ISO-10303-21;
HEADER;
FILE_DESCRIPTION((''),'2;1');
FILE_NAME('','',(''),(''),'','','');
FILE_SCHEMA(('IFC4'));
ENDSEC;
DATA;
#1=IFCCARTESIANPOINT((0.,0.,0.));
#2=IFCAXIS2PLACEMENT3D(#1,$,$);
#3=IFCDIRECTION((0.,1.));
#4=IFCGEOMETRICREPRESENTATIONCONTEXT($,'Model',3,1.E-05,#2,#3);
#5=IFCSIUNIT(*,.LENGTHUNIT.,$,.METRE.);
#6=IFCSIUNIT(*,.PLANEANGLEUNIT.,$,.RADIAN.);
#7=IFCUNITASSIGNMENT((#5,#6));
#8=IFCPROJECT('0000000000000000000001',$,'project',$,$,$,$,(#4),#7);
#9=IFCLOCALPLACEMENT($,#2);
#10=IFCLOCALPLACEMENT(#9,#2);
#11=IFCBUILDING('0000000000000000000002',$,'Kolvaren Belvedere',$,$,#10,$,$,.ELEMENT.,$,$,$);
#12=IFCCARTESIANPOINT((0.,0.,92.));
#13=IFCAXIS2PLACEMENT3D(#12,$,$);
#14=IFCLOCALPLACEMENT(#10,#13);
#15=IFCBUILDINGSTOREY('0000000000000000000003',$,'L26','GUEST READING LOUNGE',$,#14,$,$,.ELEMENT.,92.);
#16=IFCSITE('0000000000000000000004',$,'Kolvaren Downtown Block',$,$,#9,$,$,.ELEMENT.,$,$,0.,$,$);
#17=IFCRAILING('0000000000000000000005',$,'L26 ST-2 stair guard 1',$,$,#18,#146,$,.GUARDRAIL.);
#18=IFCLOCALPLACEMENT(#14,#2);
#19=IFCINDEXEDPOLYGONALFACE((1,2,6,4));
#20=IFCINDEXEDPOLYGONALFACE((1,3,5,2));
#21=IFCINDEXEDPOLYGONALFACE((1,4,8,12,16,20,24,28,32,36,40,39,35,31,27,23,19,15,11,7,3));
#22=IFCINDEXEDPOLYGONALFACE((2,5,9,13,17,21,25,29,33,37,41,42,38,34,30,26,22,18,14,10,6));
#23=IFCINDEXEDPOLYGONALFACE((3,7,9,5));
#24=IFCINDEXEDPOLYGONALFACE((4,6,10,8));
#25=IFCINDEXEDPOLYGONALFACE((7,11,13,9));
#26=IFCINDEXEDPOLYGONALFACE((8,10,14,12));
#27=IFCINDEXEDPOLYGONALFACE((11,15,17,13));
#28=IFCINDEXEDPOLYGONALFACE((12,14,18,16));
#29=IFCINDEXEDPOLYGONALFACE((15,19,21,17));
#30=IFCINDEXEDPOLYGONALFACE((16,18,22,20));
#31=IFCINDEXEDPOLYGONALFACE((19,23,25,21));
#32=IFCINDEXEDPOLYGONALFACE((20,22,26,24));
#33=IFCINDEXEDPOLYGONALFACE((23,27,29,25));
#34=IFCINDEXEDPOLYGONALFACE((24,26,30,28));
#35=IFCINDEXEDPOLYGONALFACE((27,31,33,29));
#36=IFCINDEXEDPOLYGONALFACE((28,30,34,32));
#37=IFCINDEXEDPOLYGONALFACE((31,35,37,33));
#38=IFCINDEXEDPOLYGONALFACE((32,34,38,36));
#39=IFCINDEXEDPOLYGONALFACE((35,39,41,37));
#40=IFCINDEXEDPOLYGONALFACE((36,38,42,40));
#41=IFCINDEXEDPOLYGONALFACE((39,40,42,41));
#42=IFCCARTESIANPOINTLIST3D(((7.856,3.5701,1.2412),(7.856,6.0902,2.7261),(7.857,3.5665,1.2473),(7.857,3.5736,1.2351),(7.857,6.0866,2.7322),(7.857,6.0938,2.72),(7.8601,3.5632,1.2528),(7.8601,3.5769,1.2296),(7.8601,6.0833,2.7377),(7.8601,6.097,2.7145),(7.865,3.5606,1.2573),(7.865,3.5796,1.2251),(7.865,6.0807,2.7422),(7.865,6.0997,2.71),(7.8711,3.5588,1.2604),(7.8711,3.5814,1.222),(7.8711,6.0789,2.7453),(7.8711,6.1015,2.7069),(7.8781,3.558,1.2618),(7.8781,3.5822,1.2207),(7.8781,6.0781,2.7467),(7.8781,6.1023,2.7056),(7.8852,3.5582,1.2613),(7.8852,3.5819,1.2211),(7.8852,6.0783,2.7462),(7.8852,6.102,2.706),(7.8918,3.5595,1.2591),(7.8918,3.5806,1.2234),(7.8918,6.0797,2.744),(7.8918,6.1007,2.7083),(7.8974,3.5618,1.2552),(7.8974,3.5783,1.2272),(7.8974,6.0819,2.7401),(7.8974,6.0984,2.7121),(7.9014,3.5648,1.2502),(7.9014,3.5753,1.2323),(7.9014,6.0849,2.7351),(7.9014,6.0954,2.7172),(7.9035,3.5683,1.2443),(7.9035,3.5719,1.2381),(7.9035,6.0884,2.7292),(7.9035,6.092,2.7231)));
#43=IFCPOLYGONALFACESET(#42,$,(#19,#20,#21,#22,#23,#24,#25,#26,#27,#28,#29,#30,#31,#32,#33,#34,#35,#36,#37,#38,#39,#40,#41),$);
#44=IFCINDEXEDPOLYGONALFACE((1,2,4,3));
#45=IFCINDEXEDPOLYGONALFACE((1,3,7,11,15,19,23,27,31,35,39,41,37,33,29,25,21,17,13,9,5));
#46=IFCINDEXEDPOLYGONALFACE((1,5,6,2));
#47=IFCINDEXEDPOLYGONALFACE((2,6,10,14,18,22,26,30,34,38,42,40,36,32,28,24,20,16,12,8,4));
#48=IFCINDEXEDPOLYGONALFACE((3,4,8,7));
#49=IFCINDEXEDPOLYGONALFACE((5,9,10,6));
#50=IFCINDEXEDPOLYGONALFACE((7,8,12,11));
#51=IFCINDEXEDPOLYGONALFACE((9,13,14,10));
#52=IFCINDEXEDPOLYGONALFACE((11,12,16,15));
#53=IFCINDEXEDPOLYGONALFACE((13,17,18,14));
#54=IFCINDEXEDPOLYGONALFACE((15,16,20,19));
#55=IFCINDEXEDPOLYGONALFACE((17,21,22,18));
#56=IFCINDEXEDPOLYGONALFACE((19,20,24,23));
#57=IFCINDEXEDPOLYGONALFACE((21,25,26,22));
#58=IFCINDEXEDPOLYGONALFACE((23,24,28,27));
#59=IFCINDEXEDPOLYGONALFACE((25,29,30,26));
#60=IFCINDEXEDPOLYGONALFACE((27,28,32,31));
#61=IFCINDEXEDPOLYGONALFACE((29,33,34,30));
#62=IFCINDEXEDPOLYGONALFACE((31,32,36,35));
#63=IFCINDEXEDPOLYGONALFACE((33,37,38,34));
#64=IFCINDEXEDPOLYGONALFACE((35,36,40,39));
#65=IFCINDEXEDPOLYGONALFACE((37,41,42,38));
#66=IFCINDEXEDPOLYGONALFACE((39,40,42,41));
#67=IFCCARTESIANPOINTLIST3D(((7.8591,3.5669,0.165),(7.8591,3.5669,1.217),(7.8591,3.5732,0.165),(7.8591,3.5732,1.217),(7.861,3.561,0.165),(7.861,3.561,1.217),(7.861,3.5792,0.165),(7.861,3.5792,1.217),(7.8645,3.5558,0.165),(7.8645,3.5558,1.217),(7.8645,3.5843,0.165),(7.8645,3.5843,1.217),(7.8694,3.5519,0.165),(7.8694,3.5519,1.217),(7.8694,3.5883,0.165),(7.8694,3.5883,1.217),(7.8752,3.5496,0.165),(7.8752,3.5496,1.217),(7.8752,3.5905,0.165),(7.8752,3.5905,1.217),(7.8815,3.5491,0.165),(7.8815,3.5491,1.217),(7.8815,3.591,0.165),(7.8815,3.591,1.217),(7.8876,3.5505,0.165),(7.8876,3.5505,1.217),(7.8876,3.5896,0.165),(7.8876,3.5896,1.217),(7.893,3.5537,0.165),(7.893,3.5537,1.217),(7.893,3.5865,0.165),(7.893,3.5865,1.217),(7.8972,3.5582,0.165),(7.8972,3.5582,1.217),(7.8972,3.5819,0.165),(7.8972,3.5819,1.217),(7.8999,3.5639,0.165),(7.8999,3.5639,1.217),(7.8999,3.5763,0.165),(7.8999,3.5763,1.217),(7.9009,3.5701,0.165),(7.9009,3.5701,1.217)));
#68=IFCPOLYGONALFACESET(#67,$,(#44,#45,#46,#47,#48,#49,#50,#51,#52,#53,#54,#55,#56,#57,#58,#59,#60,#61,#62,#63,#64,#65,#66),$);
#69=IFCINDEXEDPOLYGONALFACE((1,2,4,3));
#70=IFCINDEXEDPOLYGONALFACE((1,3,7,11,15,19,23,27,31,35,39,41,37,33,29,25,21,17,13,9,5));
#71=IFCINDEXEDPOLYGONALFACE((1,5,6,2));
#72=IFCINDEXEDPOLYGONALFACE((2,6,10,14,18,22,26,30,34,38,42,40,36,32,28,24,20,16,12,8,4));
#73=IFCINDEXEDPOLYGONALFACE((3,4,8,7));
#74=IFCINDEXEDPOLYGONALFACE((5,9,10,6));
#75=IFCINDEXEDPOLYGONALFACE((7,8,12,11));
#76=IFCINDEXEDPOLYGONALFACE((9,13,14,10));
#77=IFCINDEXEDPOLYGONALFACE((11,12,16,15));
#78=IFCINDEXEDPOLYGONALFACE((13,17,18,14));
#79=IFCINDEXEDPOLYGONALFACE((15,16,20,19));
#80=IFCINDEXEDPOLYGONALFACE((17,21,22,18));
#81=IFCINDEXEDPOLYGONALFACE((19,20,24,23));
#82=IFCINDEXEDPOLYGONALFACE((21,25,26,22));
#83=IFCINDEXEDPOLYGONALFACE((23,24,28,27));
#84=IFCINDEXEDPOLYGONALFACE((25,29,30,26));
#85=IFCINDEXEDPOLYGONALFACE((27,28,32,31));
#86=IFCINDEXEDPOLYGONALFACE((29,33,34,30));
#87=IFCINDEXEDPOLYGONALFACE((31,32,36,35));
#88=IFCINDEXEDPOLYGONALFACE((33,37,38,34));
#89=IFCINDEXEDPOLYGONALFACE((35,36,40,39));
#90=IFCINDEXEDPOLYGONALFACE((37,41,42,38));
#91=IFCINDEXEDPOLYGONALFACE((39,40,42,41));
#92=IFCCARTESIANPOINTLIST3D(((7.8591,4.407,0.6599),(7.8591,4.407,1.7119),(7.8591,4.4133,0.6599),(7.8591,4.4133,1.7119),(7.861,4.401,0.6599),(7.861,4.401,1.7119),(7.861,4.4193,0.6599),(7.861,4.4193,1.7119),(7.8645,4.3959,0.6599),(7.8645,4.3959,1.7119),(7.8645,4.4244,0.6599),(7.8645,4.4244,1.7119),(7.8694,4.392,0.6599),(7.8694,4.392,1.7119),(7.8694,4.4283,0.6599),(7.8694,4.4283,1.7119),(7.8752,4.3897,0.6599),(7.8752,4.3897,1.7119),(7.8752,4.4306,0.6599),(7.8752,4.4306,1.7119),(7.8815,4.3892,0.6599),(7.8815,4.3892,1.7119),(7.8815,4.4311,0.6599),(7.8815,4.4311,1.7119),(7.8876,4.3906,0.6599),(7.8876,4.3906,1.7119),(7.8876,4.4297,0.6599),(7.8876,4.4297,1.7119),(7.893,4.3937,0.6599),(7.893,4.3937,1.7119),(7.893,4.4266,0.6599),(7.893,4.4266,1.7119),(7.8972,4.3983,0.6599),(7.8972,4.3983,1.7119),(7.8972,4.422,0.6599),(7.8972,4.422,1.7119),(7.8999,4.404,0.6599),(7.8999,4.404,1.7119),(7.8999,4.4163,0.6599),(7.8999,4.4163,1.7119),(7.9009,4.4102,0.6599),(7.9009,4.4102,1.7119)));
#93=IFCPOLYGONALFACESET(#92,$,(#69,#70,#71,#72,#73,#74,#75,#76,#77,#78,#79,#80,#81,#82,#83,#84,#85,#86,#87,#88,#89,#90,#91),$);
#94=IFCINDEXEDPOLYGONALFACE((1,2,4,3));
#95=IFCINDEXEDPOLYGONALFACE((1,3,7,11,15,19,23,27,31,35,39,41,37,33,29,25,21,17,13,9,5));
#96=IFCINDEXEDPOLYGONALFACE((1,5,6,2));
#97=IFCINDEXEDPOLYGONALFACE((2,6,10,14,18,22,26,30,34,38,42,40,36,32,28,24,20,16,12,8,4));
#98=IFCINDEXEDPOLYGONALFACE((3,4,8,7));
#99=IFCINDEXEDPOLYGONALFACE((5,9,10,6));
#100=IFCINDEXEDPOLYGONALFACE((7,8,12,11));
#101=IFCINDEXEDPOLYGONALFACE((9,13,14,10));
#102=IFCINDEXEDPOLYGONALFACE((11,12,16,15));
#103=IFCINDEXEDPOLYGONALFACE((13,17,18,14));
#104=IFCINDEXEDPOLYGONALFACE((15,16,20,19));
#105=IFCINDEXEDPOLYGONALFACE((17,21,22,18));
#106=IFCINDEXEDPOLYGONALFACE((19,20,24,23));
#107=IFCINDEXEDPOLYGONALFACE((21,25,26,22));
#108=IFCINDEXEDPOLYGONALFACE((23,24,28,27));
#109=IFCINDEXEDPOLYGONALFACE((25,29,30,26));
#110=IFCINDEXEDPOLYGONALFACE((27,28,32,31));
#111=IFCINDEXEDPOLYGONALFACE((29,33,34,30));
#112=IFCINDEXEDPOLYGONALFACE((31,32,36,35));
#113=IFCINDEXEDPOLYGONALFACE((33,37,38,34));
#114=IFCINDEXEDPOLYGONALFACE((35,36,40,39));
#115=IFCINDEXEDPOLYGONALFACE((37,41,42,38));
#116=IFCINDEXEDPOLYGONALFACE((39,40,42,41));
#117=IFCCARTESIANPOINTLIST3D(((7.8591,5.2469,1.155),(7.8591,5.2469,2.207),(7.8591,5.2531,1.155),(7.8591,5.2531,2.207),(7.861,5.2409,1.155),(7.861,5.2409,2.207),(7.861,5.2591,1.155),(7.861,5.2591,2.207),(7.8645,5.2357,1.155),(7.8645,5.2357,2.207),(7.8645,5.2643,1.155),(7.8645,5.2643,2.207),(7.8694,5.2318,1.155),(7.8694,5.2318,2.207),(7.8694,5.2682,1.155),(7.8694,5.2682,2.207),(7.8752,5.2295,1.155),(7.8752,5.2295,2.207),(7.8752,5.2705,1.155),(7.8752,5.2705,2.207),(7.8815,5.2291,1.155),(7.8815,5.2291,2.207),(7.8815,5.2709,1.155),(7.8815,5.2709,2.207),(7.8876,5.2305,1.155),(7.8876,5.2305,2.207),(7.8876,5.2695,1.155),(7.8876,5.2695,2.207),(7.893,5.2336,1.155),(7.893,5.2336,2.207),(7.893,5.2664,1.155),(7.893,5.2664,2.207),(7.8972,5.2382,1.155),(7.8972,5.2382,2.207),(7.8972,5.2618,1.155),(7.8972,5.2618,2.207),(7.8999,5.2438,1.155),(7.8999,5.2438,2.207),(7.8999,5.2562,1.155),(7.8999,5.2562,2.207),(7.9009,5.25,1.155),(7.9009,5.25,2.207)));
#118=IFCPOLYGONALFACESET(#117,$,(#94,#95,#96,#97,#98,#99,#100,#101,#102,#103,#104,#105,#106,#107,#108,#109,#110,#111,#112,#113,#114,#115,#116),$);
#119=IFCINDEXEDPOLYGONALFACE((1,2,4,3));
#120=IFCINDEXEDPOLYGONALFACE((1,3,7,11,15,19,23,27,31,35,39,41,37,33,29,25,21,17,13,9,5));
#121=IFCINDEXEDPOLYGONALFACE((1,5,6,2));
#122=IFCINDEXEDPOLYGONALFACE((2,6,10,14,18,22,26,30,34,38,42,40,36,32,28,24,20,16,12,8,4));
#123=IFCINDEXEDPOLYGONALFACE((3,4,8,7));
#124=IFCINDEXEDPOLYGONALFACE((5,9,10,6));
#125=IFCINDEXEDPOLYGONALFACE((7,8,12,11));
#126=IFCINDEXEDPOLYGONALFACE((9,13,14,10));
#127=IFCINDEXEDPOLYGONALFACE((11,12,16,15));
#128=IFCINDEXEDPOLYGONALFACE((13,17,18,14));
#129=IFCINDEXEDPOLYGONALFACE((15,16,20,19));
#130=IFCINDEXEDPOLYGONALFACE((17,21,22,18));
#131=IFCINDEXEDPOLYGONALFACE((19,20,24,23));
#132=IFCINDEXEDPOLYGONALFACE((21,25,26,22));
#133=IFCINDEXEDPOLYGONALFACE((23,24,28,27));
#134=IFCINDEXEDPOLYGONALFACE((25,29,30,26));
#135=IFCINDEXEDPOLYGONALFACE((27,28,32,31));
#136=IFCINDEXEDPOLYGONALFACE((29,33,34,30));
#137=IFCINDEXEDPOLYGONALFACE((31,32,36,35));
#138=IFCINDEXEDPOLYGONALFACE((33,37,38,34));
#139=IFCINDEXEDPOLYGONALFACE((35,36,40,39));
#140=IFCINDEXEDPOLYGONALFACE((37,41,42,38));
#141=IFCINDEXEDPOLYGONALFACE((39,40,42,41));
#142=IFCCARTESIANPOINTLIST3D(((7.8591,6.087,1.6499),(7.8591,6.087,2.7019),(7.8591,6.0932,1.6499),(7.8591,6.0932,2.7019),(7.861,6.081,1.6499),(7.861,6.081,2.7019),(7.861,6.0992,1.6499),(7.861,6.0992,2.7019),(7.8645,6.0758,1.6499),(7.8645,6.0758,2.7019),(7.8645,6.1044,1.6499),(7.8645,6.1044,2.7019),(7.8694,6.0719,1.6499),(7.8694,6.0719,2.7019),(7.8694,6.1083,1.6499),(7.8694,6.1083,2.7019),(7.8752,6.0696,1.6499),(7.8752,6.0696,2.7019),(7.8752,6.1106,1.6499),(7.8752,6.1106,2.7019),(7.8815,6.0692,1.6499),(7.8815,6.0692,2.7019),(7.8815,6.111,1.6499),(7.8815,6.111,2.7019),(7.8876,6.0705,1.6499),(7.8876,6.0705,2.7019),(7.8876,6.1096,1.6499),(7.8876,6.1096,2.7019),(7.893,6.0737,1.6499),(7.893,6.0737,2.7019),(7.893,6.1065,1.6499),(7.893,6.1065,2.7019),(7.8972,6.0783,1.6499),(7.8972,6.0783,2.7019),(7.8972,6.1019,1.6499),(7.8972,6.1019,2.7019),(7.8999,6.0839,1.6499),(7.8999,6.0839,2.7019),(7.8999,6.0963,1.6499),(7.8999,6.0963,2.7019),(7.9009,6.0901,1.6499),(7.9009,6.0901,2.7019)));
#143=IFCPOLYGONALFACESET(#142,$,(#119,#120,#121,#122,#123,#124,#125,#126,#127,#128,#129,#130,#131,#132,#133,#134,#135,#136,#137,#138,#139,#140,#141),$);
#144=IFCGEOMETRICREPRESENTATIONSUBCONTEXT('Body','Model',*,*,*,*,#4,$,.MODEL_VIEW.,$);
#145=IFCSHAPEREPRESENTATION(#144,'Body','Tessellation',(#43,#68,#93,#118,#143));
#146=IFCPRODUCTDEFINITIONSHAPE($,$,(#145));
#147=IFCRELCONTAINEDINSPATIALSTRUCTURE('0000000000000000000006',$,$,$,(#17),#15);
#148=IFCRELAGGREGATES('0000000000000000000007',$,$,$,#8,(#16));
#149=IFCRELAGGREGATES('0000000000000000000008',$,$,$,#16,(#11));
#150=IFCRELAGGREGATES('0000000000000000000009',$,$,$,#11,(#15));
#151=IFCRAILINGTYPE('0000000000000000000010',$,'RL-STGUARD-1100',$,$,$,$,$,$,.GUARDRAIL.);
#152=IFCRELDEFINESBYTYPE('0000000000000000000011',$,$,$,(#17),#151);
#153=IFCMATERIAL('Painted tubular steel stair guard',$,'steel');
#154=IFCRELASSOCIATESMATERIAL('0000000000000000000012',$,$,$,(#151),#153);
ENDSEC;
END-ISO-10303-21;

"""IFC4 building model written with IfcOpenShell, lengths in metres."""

from ifc_helpers import new_model, si_unit, direction, frame, origin, origin_2d, place, context, subcontext, project, spatial, circle, extrude, material, type_object, element, save


model = new_model("IFC4")

# Units and contexts
model_context = context("Model", 3, precision=1e-05, world=origin(), true_north=direction((0.0, 1.0)))
body_context = subcontext(model_context, "Body", "Model", "MODEL_VIEW")
ifc_project = project(units=[si_unit("LENGTHUNIT", "METRE"), si_unit("PLANEANGLEUNIT", "RADIAN")], contexts=[model_context])

# Site, building, storey
site_placement = place(None, origin())
site = spatial("IfcSite", under=ifc_project, at=site_placement, Name="Kolvaren Downtown Block", CompositionType="ELEMENT", RefElevation=0.0)
building_placement = place(site_placement, origin())
building = spatial("IfcBuilding", under=site, at=building_placement, Name="Kolvaren Belvedere", CompositionType="ELEMENT")
storey_placement = place(building_placement, frame((0.0, 0.0, 92.0)))
storey = spatial("IfcBuildingStorey", under=building, at=storey_placement, Name="L26", Description="GUEST READING LOUNGE", CompositionType="ELEMENT", Elevation=92.0)

# Railing
ifc_material_1 = material(Name="Painted tubular steel stair guard", Category="steel")
railing_type_1 = type_object("IfcRailingType", Name="RL-STGUARD-1100", PredefinedType="GUARDRAIL", material=ifc_material_1)
railing_1_placement = place(storey_placement, frame((7.8799, 3.5701, 0.165)))
element("IfcRailing", 1, at=railing_1_placement, inside=storey, type_object=railing_type_1, Name="L26 ST-2 stair guard 1", PredefinedType="GUARDRAIL", context=body_context, shape_type="SweptSolid", body=[
    extrude(circle(Radius=0.0239, at=origin_2d()), frame((0.0, 0.0, 1.0762), z_axis=(0.0, 0.861561, 0.507655), x_axis=(-1.0, 0.0, 0.0)), (0.0, 0.0, 1.0), 2.925),
    extrude(circle(Radius=0.021, at=origin_2d()), origin(), (0.0, 0.0, 1.0), 1.052),
    extrude(circle(Radius=0.021, at=origin_2d()), frame((0.0, 0.8401, 0.4949)), (0.0, 0.0, 1.0), 1.052),
    extrude(circle(Radius=0.021, at=origin_2d()), frame((0.0, 1.6799, 0.99)), (0.0, 0.0, 1.0), 1.052),
    extrude(circle(Radius=0.021, at=origin_2d()), frame((0.0, 2.52, 1.4849)), (0.0, 0.0, 1.0), 1.052),
])

save(model, "model.ifc")
